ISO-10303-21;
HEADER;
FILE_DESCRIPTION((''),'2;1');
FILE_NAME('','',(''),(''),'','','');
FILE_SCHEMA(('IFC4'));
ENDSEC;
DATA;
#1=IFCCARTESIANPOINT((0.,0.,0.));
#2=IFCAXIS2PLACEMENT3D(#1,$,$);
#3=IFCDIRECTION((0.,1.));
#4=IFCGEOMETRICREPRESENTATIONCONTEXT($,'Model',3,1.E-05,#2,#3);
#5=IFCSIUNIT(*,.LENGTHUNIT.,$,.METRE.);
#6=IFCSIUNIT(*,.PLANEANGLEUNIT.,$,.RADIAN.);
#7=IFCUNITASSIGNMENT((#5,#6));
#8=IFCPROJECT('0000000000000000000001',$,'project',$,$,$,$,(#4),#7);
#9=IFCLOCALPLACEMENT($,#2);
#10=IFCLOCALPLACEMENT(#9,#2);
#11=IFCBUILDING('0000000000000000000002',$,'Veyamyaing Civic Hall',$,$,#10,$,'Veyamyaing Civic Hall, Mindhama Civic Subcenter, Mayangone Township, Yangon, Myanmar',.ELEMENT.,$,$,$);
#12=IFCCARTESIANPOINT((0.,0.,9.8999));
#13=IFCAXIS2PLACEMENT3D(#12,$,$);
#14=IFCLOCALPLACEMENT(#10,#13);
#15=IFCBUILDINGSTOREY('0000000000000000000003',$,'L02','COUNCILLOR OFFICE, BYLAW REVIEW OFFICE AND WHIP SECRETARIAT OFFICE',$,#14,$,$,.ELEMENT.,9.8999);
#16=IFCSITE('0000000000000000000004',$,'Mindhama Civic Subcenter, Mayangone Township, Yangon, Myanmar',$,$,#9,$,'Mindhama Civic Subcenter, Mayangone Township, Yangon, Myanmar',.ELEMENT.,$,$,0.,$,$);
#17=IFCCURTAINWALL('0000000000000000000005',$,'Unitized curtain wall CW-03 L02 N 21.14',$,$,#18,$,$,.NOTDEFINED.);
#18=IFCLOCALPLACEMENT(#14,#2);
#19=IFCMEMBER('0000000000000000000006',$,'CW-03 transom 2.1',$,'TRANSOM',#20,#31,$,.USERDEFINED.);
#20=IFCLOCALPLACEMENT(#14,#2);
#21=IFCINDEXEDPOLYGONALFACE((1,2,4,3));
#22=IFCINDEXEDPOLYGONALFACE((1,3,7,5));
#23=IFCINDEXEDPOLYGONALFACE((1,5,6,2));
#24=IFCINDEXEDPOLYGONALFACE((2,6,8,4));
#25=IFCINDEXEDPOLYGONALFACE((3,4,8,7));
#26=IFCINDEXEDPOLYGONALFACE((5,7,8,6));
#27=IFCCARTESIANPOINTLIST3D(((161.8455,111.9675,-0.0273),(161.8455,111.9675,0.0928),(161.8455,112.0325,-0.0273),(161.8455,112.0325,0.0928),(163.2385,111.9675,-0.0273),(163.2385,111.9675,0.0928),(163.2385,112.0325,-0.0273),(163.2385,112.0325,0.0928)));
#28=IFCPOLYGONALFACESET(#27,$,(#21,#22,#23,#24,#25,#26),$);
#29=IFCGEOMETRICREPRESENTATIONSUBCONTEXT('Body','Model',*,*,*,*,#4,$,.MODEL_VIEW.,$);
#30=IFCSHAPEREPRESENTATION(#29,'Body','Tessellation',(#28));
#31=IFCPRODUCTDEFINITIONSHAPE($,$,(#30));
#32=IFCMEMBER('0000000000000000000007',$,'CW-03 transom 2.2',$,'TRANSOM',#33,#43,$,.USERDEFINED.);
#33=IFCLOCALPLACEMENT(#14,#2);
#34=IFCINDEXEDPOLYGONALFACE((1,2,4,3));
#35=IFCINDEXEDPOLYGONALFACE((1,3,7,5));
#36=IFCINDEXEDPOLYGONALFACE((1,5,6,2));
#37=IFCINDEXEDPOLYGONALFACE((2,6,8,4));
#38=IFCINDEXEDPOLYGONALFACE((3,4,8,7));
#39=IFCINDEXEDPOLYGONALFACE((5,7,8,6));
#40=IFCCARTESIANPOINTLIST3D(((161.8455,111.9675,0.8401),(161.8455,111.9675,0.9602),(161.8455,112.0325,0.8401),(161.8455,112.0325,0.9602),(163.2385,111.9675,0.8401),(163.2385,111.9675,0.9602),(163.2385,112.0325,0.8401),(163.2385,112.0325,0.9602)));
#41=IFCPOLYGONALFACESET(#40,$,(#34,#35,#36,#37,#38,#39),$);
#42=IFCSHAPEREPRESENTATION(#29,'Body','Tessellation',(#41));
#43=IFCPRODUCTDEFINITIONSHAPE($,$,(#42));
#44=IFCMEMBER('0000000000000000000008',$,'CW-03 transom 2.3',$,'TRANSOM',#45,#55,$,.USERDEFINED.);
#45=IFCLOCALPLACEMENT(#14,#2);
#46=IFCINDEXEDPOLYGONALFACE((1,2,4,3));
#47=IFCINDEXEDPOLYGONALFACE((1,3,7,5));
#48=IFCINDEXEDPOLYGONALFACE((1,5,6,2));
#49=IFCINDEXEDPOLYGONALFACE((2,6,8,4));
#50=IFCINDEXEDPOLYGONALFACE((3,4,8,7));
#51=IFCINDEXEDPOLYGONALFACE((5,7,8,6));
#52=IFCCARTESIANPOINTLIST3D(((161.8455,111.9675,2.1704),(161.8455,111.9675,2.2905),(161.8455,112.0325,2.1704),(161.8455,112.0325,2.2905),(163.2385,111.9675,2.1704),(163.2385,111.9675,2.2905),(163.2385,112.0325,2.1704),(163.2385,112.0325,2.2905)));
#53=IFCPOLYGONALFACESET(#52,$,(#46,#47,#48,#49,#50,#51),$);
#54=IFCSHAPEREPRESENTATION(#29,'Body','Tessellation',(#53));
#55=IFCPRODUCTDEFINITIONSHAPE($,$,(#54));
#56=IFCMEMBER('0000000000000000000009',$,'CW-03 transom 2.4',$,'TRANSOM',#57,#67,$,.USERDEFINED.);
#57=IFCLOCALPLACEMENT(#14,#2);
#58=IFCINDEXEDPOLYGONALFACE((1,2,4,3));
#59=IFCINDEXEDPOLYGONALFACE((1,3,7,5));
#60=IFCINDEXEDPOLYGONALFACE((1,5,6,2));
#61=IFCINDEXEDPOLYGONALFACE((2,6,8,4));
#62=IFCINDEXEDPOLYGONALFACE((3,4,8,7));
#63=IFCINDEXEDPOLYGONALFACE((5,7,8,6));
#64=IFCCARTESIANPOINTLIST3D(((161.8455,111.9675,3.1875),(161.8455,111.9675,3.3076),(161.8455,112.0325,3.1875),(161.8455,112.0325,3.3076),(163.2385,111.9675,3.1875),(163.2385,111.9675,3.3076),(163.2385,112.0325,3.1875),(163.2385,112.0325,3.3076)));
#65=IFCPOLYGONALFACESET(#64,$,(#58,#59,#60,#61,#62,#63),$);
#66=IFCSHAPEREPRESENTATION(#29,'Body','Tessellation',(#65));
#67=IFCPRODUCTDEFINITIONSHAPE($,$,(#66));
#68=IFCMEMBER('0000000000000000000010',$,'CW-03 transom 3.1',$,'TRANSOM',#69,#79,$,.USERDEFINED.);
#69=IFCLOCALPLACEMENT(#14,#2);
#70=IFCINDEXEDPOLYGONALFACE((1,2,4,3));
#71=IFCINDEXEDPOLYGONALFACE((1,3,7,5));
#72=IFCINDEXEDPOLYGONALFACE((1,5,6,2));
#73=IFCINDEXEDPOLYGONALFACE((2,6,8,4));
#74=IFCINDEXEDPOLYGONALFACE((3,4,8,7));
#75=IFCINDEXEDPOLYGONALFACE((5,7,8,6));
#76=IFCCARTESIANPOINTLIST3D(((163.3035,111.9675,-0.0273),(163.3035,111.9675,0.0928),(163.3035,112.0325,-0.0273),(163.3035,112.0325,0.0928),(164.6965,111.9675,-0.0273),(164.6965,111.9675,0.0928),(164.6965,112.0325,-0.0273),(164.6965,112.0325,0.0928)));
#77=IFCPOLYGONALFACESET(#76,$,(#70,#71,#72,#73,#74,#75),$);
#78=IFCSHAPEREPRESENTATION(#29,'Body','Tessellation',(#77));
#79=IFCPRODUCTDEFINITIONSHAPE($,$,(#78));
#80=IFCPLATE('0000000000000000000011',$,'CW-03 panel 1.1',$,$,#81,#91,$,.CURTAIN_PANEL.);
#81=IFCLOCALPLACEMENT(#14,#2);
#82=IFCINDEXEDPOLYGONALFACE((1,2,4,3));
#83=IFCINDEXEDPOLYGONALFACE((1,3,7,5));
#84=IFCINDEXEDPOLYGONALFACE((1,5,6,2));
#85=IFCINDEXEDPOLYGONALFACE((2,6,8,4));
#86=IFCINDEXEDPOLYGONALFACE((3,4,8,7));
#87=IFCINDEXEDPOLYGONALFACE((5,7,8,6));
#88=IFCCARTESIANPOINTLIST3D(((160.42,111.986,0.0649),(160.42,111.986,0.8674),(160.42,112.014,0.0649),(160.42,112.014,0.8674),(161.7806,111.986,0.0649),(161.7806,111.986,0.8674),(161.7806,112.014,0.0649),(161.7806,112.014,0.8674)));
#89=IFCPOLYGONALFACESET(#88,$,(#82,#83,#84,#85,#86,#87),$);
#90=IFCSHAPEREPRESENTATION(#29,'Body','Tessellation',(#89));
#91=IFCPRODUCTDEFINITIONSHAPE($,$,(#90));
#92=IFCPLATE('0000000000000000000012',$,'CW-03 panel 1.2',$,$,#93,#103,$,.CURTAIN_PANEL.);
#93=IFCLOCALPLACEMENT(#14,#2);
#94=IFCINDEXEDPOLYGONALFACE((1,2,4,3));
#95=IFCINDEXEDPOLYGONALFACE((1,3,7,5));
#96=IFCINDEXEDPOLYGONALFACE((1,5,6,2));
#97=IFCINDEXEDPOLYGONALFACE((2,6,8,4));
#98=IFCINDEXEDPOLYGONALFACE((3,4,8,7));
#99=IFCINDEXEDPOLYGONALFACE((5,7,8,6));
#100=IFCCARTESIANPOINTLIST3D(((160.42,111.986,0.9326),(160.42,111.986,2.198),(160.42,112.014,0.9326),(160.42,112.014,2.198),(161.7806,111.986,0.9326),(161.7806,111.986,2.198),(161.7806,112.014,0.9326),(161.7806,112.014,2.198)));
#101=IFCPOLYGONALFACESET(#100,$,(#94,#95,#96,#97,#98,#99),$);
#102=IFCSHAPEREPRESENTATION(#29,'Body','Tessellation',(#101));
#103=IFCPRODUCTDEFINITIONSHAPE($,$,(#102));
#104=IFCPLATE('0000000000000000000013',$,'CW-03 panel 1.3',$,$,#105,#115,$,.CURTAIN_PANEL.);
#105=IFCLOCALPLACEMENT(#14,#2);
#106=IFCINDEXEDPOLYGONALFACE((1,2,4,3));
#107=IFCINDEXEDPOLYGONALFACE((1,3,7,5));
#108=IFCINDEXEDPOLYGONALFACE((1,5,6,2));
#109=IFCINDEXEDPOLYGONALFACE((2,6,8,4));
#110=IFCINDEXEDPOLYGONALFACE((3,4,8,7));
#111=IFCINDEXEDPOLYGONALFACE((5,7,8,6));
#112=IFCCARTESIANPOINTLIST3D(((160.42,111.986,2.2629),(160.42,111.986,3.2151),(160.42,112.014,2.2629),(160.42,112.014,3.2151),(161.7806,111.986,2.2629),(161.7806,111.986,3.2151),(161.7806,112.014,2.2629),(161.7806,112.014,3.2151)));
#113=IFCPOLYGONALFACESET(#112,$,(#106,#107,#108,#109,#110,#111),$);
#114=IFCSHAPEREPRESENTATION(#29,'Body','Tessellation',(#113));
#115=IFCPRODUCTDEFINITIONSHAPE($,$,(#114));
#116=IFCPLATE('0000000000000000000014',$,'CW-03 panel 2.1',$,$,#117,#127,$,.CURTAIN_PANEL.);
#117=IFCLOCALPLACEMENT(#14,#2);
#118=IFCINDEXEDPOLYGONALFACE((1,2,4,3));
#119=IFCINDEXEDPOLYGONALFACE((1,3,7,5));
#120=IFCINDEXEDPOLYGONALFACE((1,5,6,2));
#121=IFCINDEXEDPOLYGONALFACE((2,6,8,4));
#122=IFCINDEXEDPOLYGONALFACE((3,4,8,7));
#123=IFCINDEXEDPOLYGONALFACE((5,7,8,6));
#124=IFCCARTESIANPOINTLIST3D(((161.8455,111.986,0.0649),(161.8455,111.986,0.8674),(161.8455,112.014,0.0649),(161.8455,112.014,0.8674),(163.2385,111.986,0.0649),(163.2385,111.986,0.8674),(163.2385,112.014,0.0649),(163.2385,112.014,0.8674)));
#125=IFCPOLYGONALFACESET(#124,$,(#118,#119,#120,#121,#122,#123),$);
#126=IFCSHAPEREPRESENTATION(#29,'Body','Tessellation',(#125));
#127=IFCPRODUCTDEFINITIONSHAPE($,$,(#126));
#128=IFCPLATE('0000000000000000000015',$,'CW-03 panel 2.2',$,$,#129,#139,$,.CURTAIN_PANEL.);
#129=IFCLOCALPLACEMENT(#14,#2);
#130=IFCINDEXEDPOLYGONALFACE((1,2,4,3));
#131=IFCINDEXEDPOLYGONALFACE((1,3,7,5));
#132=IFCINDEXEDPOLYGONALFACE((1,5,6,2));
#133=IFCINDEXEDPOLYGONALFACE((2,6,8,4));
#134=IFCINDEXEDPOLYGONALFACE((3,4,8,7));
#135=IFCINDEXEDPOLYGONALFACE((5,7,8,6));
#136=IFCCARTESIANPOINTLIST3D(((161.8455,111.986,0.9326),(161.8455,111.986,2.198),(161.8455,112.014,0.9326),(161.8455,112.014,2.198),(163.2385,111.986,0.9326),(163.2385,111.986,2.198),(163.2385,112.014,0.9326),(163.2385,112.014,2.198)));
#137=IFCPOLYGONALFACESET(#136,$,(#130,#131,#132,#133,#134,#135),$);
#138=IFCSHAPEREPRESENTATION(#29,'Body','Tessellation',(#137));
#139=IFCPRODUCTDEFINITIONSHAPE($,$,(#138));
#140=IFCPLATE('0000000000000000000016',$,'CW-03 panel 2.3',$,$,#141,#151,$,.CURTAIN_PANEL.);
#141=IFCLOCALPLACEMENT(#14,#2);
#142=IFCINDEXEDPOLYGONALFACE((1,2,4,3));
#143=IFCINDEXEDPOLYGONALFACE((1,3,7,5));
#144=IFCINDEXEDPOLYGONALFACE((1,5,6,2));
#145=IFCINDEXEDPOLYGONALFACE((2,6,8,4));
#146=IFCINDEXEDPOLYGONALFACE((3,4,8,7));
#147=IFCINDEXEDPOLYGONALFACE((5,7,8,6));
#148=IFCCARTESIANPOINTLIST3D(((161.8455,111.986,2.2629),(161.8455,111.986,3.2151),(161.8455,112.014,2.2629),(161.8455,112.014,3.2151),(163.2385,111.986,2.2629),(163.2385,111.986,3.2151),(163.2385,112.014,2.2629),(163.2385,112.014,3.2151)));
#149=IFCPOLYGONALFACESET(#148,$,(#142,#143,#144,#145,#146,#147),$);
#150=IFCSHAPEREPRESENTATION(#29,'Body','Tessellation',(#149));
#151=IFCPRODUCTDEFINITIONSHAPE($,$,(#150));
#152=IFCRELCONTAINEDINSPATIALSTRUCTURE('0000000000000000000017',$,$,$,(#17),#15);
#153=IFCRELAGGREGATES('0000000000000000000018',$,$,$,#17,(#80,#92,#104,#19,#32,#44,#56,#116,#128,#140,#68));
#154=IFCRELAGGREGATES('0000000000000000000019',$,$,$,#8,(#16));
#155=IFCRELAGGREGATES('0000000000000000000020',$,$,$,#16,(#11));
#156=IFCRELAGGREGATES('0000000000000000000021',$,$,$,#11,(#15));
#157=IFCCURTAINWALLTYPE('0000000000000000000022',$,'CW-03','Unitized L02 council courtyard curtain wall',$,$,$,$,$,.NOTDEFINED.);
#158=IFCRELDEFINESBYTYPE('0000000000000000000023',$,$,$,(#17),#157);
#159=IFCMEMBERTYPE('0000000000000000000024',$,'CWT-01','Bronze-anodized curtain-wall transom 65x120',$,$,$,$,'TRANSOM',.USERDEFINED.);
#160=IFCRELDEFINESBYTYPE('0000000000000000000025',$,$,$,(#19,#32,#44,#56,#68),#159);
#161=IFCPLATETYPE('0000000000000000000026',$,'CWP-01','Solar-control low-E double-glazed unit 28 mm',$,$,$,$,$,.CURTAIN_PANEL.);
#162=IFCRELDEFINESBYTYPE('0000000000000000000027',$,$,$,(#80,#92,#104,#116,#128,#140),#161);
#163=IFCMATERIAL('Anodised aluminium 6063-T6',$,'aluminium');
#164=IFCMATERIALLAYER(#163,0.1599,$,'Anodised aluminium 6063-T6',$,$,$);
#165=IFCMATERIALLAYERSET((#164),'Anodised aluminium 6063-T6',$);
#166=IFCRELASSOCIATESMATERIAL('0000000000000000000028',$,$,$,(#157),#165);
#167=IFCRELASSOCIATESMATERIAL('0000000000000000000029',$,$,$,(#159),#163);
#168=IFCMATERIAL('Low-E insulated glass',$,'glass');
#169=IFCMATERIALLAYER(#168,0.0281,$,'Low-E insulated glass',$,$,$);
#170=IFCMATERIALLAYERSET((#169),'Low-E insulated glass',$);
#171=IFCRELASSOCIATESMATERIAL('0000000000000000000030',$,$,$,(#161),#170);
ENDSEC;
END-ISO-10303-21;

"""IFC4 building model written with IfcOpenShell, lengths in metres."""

from ifc_helpers import new_model, si_unit, direction, frame, origin, origin_2d, place, context, subcontext, project, spatial, rectangle, extrude, material, layer, layer_set, material_profile, profile_set, type_object, element, aggregate, save


model = new_model("IFC4")

# Units and contexts
model_context = context("Model", 3, precision=1e-05, world=origin(), true_north=direction((0.0, 1.0)))
body_context = subcontext(model_context, "Body", "Model", "MODEL_VIEW")
ifc_project = project(units=[si_unit("LENGTHUNIT", "METRE"), si_unit("PLANEANGLEUNIT", "RADIAN")], contexts=[model_context])

# Site, building, storey
site_placement = place(None, origin())
site = spatial("IfcSite", under=ifc_project, at=site_placement, Name="Mindhama Civic Subcenter, Mayangone Township, Yangon, Myanmar", LongName="Mindhama Civic Subcenter, Mayangone Township, Yangon, Myanmar", CompositionType="ELEMENT", RefElevation=0.0)
building_placement = place(site_placement, origin())
building = spatial("IfcBuilding", under=site, at=building_placement, Name="Veyamyaing Civic Hall", LongName="Veyamyaing Civic Hall, Mindhama Civic Subcenter, Mayangone Township, Yangon, Myanmar", CompositionType="ELEMENT")
storey_placement = place(building_placement, frame((0.0, 0.0, 9.8999)))
storey = spatial("IfcBuildingStorey", under=building, at=storey_placement, Name="L02", Description="COUNCILLOR OFFICE, BYLAW REVIEW OFFICE AND WHIP SECRETARIAT OFFICE", CompositionType="ELEMENT", Elevation=9.8999)

# Curtain wall, members, plates
ifc_material_1 = material(Name="Anodised aluminium 6063-T6", Category="aluminium")
ifc_layer_1 = layer(ifc_material_1, 0.1599, Name="Anodised aluminium 6063-T6")
ifc_layer_set_1 = layer_set([ifc_layer_1], Name="Anodised aluminium 6063-T6")
curtain_wall_type = type_object("IfcCurtainWallType", Name="CW-03", Description="Unitized L02 council courtyard curtain wall", PredefinedType="NOTDEFINED", material=ifc_layer_set_1)
curtain_wall_placement = place(storey_placement, origin())
curtain_wall = element("IfcCurtainWall", 1, at=curtain_wall_placement, inside=storey, type_object=curtain_wall_type, Name="Unitized curtain wall CW-03 L02 N 21.14", PredefinedType="NOTDEFINED")
ifc_material_profile_1 = material_profile(ifc_material_1, rectangle(XDim=0.0649, YDim=0.1201, at=origin_2d()), Name="ALU-TRN-65X120")
ifc_profile_set_1 = profile_set([ifc_material_profile_1], Name="Anodised aluminium 6063-T6")
member_type_1 = type_object("IfcMemberType", Name="CWT-01", Description="Bronze-anodized curtain-wall transom 65x120", ElementType="TRANSOM", PredefinedType="USERDEFINED", material=ifc_profile_set_1)
member_1_placement = place(storey_placement, frame((161.8455, 112.0, 0.0327), z_axis=(1.0, 0.0, 0.0), x_axis=(0.0, 1.0, 0.0)))
member_1 = element("IfcMember", 2, at=member_1_placement, type_object=member_type_1, Name="CW-03 transom 2.1", ObjectType="TRANSOM", PredefinedType="USERDEFINED", context=body_context, shape_type="SweptSolid", body=[
    extrude(rectangle(XDim=0.0649, YDim=0.1201, at=origin_2d()), origin(), (0.0, 0.0, 1.0), 1.3931),
])
member_2_placement = place(storey_placement, frame((161.8455, 112.0, 0.9001), z_axis=(1.0, 0.0, 0.0), x_axis=(0.0, 1.0, 0.0)))
member_2 = element("IfcMember", 3, at=member_2_placement, type_object=member_type_1, Name="CW-03 transom 2.2", ObjectType="TRANSOM", PredefinedType="USERDEFINED", context=body_context, shape_type="SweptSolid", body=[
    extrude(rectangle(XDim=0.0649, YDim=0.1201, at=origin_2d()), origin(), (0.0, 0.0, 1.0), 1.3931),
])
member_3_placement = place(storey_placement, frame((161.8455, 112.0, 2.2305), z_axis=(1.0, 0.0, 0.0), x_axis=(0.0, 1.0, 0.0)))
member_3 = element("IfcMember", 4, at=member_3_placement, type_object=member_type_1, Name="CW-03 transom 2.3", ObjectType="TRANSOM", PredefinedType="USERDEFINED", context=body_context, shape_type="SweptSolid", body=[
    extrude(rectangle(XDim=0.0649, YDim=0.1201, at=origin_2d()), origin(), (0.0, 0.0, 1.0), 1.3931),
])
member_4_placement = place(storey_placement, frame((161.8455, 112.0, 3.2476), z_axis=(1.0, 0.0, 0.0), x_axis=(0.0, 1.0, 0.0)))
member_4 = element("IfcMember", 5, at=member_4_placement, type_object=member_type_1, Name="CW-03 transom 2.4", ObjectType="TRANSOM", PredefinedType="USERDEFINED", context=body_context, shape_type="SweptSolid", body=[
    extrude(rectangle(XDim=0.0649, YDim=0.1201, at=origin_2d()), origin(), (0.0, 0.0, 1.0), 1.3931),
])
member_5_placement = place(storey_placement, frame((163.3035, 112.0, 0.0327), z_axis=(1.0, 0.0, 0.0), x_axis=(0.0, 1.0, 0.0)))
member_5 = element("IfcMember", 6, at=member_5_placement, type_object=member_type_1, Name="CW-03 transom 3.1", ObjectType="TRANSOM", PredefinedType="USERDEFINED", context=body_context, shape_type="SweptSolid", body=[
    extrude(rectangle(XDim=0.0649, YDim=0.1201, at=origin_2d()), origin(), (0.0, 0.0, 1.0), 1.3931),
])
ifc_material_2 = material(Name="Low-E insulated glass", Category="glass")
ifc_layer_2 = layer(ifc_material_2, 0.0281, Name="Low-E insulated glass")
ifc_layer_set_2 = layer_set([ifc_layer_2], Name="Low-E insulated glass")
plate_type = type_object("IfcPlateType", Name="CWP-01", Description="Solar-control low-E double-glazed unit 28 mm", PredefinedType="CURTAIN_PANEL", material=ifc_layer_set_2)
plate_1_placement = place(storey_placement, frame((161.1003, 112.0, 0.0649), z_axis=(0.0, 0.0, 1.0), x_axis=(1.0, 0.0, 0.0)))
plate_1 = element("IfcPlate", 7, at=plate_1_placement, type_object=plate_type, Name="CW-03 panel 1.1", PredefinedType="CURTAIN_PANEL", context=body_context, shape_type="SweptSolid", body=[
    extrude(rectangle(XDim=1.3606, YDim=0.0281, at=origin_2d()), origin(), (0.0, 0.0, 1.0), 0.8025),
])
plate_2_placement = place(storey_placement, frame((161.1003, 112.0, 0.9326), z_axis=(0.0, 0.0, 1.0), x_axis=(1.0, 0.0, 0.0)))
plate_2 = element("IfcPlate", 8, at=plate_2_placement, type_object=plate_type, Name="CW-03 panel 1.2", PredefinedType="CURTAIN_PANEL", context=body_context, shape_type="SweptSolid", body=[
    extrude(rectangle(XDim=1.3606, YDim=0.0281, at=origin_2d()), origin(), (0.0, 0.0, 1.0), 1.2654),
])
plate_3_placement = place(storey_placement, frame((161.1003, 112.0, 2.2629), z_axis=(0.0, 0.0, 1.0), x_axis=(1.0, 0.0, 0.0)))
plate_3 = element("IfcPlate", 9, at=plate_3_placement, type_object=plate_type, Name="CW-03 panel 1.3", PredefinedType="CURTAIN_PANEL", context=body_context, shape_type="SweptSolid", body=[
    extrude(rectangle(XDim=1.3606, YDim=0.0281, at=origin_2d()), origin(), (0.0, 0.0, 1.0), 0.9521),
])
plate_4_placement = place(storey_placement, frame((162.542, 112.0, 0.0649), z_axis=(0.0, 0.0, 1.0), x_axis=(1.0, 0.0, 0.0)))
plate_4 = element("IfcPlate", 10, at=plate_4_placement, type_object=plate_type, Name="CW-03 panel 2.1", PredefinedType="CURTAIN_PANEL", context=body_context, shape_type="SweptSolid", body=[
    extrude(rectangle(XDim=1.3931, YDim=0.0281, at=origin_2d()), origin(), (0.0, 0.0, 1.0), 0.8025),
])
plate_5_placement = place(storey_placement, frame((162.542, 112.0, 0.9326), z_axis=(0.0, 0.0, 1.0), x_axis=(1.0, 0.0, 0.0)))
plate_5 = element("IfcPlate", 11, at=plate_5_placement, type_object=plate_type, Name="CW-03 panel 2.2", PredefinedType="CURTAIN_PANEL", context=body_context, shape_type="SweptSolid", body=[
    extrude(rectangle(XDim=1.3931, YDim=0.0281, at=origin_2d()), origin(), (0.0, 0.0, 1.0), 1.2654),
])
plate_6_placement = place(storey_placement, frame((162.542, 112.0, 2.2629), z_axis=(0.0, 0.0, 1.0), x_axis=(1.0, 0.0, 0.0)))
plate_6 = element("IfcPlate", 12, at=plate_6_placement, type_object=plate_type, Name="CW-03 panel 2.3", PredefinedType="CURTAIN_PANEL", context=body_context, shape_type="SweptSolid", body=[
    extrude(rectangle(XDim=1.3931, YDim=0.0281, at=origin_2d()), origin(), (0.0, 0.0, 1.0), 0.9521),
])
aggregate(curtain_wall, [plate_1, plate_2, plate_3, member_1, member_2, member_3, member_4, plate_4, plate_5, plate_6, member_5])

save(model, "model.ifc")
